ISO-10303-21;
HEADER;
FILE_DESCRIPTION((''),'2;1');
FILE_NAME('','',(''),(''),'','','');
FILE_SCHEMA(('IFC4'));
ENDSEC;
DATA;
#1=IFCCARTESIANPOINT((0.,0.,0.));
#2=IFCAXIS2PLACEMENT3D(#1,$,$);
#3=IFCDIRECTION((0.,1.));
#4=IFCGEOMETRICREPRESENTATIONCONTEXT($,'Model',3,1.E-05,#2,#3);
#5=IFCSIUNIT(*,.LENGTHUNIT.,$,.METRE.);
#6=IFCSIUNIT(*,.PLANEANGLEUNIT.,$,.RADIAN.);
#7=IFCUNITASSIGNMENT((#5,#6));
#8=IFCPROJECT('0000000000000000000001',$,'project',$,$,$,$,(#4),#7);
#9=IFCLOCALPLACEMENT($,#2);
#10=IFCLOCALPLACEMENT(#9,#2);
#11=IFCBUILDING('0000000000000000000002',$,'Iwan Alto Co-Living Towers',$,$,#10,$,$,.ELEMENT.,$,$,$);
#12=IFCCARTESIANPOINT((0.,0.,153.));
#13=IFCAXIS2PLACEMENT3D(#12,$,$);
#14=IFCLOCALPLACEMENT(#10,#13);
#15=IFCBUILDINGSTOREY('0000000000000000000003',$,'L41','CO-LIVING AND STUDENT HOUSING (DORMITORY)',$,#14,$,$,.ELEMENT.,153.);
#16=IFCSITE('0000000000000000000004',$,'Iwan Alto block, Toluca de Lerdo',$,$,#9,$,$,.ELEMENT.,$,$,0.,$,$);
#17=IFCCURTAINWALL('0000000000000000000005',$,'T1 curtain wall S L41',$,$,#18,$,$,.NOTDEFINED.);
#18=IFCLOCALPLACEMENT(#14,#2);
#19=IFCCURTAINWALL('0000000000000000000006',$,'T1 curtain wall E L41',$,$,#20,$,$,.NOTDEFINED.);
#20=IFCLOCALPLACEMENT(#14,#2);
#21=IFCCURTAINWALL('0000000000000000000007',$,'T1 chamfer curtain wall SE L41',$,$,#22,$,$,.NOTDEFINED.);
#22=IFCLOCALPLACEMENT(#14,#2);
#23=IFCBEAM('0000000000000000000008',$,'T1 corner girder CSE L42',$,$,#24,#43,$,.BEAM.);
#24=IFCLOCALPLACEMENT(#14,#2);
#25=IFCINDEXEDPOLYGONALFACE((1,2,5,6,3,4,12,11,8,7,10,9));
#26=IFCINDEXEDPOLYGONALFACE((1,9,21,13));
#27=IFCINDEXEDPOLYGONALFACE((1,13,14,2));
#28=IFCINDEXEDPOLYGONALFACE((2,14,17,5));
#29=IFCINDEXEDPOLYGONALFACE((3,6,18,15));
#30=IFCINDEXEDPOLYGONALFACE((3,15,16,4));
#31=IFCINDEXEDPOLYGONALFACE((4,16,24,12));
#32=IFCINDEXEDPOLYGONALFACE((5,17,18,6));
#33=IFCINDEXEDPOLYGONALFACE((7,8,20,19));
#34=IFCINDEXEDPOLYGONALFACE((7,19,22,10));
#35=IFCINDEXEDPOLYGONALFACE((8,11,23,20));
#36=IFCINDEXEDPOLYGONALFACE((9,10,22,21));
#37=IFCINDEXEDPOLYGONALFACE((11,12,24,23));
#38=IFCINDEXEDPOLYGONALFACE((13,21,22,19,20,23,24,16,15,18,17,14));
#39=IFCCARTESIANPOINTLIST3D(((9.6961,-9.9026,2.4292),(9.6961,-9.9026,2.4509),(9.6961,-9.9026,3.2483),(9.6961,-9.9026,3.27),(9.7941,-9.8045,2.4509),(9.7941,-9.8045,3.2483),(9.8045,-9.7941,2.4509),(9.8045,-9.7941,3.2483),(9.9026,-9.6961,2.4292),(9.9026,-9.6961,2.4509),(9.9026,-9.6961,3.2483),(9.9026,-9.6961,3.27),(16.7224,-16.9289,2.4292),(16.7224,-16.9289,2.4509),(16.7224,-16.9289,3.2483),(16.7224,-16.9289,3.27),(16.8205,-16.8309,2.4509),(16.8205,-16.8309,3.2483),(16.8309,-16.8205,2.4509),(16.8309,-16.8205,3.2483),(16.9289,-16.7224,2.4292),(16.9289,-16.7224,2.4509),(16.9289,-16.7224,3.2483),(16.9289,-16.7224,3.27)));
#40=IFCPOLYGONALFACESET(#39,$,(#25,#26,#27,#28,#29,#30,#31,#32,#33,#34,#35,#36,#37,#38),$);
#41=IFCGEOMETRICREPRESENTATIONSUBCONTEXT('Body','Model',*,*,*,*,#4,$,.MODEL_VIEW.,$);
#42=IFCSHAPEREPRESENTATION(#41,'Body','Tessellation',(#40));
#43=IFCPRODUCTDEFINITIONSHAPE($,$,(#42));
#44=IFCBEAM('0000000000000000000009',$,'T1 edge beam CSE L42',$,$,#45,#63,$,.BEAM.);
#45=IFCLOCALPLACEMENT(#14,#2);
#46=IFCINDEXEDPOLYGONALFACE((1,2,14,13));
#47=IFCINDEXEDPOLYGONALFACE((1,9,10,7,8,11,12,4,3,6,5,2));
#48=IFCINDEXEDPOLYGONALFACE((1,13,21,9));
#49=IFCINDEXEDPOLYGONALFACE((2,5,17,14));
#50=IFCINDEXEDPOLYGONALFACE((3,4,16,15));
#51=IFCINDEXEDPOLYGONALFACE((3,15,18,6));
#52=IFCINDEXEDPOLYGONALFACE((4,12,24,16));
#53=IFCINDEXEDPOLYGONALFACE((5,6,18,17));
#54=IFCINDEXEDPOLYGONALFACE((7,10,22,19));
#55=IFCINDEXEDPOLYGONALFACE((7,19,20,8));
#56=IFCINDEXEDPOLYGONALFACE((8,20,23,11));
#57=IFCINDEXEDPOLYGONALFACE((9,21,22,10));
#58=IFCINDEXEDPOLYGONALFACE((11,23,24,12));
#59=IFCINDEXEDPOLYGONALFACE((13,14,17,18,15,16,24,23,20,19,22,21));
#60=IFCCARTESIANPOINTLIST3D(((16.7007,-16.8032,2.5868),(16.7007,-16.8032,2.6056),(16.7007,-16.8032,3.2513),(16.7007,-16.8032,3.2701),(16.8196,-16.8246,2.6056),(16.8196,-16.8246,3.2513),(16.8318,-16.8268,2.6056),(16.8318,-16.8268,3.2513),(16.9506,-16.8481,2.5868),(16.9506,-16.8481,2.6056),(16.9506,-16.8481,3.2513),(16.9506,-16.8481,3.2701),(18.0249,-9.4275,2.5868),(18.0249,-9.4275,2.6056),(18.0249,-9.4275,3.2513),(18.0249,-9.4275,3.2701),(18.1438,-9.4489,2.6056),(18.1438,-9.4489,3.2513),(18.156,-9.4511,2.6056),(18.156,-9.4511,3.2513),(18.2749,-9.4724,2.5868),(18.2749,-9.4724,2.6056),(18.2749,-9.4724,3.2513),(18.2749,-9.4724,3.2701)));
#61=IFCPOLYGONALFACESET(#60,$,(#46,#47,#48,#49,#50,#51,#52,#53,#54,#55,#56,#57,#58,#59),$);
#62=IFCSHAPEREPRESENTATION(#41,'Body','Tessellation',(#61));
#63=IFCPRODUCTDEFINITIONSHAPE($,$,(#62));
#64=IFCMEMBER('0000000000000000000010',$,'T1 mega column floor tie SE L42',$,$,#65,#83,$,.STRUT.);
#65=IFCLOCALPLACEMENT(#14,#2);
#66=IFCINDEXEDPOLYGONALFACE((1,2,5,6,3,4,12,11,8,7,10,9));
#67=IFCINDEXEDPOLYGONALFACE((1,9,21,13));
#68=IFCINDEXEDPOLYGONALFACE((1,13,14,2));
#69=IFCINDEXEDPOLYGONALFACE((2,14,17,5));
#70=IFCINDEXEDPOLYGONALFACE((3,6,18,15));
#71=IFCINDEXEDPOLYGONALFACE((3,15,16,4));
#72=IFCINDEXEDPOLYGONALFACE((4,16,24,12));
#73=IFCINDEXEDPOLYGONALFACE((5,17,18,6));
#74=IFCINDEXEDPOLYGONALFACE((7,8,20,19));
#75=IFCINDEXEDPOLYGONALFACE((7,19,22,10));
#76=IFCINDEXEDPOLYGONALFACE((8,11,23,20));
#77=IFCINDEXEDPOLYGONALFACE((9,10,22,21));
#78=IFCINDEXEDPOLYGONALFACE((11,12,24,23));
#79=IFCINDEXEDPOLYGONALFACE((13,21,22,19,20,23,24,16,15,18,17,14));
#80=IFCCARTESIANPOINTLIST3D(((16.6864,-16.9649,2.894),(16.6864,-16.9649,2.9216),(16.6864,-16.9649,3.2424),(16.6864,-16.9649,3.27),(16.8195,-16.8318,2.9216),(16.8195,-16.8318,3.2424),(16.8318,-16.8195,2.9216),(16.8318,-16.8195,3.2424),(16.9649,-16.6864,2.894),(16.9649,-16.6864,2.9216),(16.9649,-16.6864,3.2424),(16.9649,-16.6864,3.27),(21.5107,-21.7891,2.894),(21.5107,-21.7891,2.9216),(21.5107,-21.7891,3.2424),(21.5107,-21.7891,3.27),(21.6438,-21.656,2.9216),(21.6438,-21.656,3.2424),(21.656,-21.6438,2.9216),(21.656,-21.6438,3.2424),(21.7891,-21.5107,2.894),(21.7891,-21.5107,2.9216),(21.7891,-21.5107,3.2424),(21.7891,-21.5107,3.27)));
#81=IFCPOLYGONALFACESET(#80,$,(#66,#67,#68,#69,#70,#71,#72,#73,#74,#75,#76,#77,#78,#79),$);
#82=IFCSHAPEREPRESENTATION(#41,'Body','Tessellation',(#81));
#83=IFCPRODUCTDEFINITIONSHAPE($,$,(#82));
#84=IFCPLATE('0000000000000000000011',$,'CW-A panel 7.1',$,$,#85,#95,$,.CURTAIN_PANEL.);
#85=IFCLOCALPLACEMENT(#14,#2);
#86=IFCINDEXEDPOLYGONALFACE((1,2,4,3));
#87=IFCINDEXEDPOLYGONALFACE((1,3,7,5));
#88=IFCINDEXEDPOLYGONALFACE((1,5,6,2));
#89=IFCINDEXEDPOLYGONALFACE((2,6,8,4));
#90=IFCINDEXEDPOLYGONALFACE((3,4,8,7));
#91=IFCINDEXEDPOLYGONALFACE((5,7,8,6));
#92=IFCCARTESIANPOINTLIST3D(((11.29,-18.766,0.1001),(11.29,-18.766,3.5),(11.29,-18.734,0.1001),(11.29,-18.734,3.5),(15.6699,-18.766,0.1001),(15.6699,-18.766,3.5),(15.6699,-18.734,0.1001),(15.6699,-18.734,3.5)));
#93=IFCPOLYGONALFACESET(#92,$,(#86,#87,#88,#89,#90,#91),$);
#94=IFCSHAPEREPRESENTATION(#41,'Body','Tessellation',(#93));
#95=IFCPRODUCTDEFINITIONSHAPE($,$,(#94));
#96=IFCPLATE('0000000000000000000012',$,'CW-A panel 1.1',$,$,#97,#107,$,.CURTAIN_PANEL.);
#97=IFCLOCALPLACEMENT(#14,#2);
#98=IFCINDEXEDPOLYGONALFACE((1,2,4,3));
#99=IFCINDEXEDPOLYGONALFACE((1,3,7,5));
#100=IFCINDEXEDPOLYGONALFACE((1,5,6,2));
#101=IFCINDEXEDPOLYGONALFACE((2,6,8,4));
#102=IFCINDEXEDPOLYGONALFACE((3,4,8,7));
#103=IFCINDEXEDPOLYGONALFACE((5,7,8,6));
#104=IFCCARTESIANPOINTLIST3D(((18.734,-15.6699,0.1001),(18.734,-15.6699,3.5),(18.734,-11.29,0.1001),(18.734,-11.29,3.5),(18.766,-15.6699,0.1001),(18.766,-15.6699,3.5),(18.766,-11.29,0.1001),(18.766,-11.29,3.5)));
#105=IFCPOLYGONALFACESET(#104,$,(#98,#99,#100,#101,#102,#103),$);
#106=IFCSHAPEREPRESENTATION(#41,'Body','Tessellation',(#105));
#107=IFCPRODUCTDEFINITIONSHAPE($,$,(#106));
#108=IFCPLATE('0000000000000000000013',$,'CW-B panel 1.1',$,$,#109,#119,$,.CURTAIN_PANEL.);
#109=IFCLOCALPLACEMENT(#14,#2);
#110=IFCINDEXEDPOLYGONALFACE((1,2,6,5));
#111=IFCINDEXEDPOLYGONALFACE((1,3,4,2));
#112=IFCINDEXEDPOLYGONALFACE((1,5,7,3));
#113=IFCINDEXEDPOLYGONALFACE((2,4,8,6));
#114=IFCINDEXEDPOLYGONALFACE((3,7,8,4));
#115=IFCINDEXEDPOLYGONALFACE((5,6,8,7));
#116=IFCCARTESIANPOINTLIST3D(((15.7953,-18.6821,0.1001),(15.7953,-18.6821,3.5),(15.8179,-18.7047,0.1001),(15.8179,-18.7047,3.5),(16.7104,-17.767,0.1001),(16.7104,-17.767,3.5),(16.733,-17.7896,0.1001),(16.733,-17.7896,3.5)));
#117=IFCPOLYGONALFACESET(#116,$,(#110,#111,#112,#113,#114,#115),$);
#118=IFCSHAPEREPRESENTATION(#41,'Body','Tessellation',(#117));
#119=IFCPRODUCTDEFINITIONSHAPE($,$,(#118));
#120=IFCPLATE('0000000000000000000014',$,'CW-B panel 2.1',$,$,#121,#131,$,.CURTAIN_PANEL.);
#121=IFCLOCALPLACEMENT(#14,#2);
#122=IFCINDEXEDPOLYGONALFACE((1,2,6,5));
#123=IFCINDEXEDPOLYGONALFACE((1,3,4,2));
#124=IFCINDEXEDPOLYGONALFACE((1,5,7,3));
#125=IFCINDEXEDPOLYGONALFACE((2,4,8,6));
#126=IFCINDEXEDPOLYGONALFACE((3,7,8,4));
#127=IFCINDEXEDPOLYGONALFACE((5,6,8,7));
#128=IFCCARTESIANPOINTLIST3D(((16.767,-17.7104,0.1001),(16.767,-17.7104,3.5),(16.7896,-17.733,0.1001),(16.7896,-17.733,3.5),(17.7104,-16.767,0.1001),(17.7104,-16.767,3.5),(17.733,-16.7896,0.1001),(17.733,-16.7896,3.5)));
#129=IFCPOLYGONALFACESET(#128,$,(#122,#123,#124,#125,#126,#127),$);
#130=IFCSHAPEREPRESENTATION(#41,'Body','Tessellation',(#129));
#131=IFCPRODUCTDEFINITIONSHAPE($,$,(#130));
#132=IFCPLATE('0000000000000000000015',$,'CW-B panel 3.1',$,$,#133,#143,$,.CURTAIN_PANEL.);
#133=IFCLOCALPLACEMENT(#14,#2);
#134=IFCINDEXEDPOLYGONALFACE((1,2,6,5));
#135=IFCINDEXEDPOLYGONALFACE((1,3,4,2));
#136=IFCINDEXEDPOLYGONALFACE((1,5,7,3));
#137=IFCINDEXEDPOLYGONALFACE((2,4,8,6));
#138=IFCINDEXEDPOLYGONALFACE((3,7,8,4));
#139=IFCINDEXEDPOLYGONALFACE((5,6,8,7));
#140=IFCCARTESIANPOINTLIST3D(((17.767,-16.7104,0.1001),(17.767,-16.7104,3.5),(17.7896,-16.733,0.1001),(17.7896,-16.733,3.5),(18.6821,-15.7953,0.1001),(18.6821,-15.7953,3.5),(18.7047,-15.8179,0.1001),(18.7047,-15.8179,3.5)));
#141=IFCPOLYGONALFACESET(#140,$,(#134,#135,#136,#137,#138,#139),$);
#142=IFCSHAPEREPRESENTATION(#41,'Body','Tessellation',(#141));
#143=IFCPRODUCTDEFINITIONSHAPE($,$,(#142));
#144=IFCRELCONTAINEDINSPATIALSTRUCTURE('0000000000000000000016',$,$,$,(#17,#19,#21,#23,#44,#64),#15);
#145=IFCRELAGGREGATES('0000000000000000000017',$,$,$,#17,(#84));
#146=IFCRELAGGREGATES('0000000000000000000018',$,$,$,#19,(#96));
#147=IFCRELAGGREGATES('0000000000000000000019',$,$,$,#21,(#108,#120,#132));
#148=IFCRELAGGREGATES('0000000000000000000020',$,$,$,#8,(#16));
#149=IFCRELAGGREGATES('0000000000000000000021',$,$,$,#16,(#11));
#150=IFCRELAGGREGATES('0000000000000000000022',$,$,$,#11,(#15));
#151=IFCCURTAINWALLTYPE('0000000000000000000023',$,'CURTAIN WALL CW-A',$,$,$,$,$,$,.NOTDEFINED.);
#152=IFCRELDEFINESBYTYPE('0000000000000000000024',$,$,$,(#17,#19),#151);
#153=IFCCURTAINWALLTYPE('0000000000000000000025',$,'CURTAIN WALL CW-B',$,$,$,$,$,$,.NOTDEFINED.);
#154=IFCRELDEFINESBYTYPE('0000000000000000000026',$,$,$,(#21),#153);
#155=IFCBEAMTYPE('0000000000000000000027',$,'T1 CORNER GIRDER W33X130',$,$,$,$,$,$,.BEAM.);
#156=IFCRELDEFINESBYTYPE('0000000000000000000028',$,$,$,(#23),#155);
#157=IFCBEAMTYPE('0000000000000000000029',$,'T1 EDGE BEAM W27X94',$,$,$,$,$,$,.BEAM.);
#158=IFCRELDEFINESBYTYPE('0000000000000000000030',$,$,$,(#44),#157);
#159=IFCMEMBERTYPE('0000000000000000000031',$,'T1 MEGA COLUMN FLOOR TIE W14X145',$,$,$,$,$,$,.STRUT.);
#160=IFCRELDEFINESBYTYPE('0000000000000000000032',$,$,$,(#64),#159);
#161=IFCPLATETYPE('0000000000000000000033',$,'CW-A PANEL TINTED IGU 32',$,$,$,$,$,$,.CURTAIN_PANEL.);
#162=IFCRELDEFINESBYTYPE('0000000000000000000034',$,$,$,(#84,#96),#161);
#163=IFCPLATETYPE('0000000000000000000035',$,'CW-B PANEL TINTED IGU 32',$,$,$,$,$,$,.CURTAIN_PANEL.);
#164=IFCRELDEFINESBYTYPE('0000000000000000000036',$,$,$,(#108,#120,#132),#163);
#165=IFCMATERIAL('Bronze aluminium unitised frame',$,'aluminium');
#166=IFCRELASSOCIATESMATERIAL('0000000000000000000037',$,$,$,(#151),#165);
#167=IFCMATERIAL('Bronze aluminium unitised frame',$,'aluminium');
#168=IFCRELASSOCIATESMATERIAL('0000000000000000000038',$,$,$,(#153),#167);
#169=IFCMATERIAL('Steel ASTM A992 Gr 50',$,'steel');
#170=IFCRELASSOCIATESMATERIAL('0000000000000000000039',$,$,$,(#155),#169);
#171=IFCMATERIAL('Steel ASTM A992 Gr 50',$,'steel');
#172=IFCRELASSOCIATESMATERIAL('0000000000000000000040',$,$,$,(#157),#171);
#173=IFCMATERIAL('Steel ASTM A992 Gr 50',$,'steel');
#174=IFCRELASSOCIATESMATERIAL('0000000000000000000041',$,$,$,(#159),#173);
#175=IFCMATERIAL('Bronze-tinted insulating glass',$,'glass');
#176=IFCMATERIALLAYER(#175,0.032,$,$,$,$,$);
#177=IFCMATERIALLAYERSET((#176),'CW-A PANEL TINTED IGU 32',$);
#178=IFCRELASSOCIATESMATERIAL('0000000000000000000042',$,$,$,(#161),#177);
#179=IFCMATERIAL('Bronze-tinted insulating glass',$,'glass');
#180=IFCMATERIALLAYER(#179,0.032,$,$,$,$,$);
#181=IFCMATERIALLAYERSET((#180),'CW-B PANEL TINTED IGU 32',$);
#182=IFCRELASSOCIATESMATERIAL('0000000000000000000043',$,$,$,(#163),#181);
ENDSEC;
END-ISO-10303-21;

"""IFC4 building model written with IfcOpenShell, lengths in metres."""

from ifc_helpers import new_model, si_unit, direction, frame, origin, origin_2d, place, context, subcontext, project, spatial, rectangle, i_section, extrude, material, layer, layer_set, material_profile, profile_set, type_object, element, aggregate, save


model = new_model("IFC4")

# Units and contexts
model_context = context("Model", 3, precision=1e-05, world=origin(), true_north=direction((0.0, 1.0)))
body_context = subcontext(model_context, "Body", "Model", "MODEL_VIEW")
ifc_project = project(units=[si_unit("LENGTHUNIT", "METRE"), si_unit("PLANEANGLEUNIT", "RADIAN")], contexts=[model_context])

# Site, building, storey
site_placement = place(None, origin())
site = spatial("IfcSite", under=ifc_project, at=site_placement, Name="Iwan Alto block, Toluca de Lerdo", CompositionType="ELEMENT", RefElevation=0.0)
building_placement = place(site_placement, origin())
building = spatial("IfcBuilding", under=site, at=building_placement, Name="Iwan Alto Co-Living Towers", CompositionType="ELEMENT")
storey_placement = place(building_placement, frame((0.0, 0.0, 153.0)))
storey = spatial("IfcBuildingStorey", under=building, at=storey_placement, Name="L41", Description="CO-LIVING AND STUDENT HOUSING (DORMITORY)", CompositionType="ELEMENT", Elevation=153.0)

# Curtain wall
ifc_material_1 = material(Name="Bronze aluminium unitised frame", Category="aluminium")
curtain_wall_type_1 = type_object("IfcCurtainWallType", Name="CURTAIN WALL CW-A", PredefinedType="NOTDEFINED", material=ifc_material_1)
curtain_wall_1_placement = place(storey_placement, origin())
curtain_wall_1 = element("IfcCurtainWall", 1, at=curtain_wall_1_placement, inside=storey, type_object=curtain_wall_type_1, Name="T1 curtain wall S L41", PredefinedType="NOTDEFINED")

# Curtain walls
curtain_wall_2_placement = place(storey_placement, origin())
curtain_wall_2 = element("IfcCurtainWall", 2, at=curtain_wall_2_placement, inside=storey, type_object=curtain_wall_type_1, Name="T1 curtain wall E L41", PredefinedType="NOTDEFINED")
ifc_material_2 = material(Name="Bronze aluminium unitised frame", Category="aluminium")
curtain_wall_type_2 = type_object("IfcCurtainWallType", Name="CURTAIN WALL CW-B", PredefinedType="NOTDEFINED", material=ifc_material_2)
curtain_wall_3_placement = place(storey_placement, origin())
curtain_wall_3 = element("IfcCurtainWall", 3, at=curtain_wall_3_placement, inside=storey, type_object=curtain_wall_type_2, Name="T1 chamfer curtain wall SE L41", PredefinedType="NOTDEFINED")

# Beams
ifc_material_3 = material(Name="Steel ASTM A992 Gr 50", Category="steel")
ifc_material_profile_1 = material_profile(ifc_material_3, i_section(OverallWidth=0.292, OverallDepth=0.8408, WebThickness=0.0146, FlangeThickness=0.0217, at=origin_2d()), Name="W33X130")
ifc_profile_set_1 = profile_set([ifc_material_profile_1], Name="Steel ASTM A992 Gr 50")
beam_type_1 = type_object("IfcBeamType", Name="T1 CORNER GIRDER W33X130", PredefinedType="BEAM", material=ifc_profile_set_1)
beam_1_placement = place(storey_placement, frame((16.8257, -16.8257, 2.8496), z_axis=(-0.707107, 0.707107, 0.0), x_axis=(-0.707107, -0.707107, 0.0)))
element("IfcBeam", 4, at=beam_1_placement, inside=storey, type_object=beam_type_1, Name="T1 corner girder CSE L42", PredefinedType="BEAM", context=body_context, shape_type="SweptSolid", body=[
    extrude(i_section(OverallWidth=0.292, OverallDepth=0.8408, WebThickness=0.0146, FlangeThickness=0.0217, at=origin_2d()), origin(), (0.0, 0.0, 1.0), 9.9368),
])
ifc_material_4 = material(Name="Steel ASTM A992 Gr 50", Category="steel")
ifc_material_profile_2 = material_profile(ifc_material_4, i_section(OverallWidth=0.2539, OverallDepth=0.6833, WebThickness=0.0125, FlangeThickness=0.0188, at=origin_2d()), Name="W27X94")
ifc_profile_set_2 = profile_set([ifc_material_profile_2], Name="Steel ASTM A992 Gr 50")
beam_type_2 = type_object("IfcBeamType", Name="T1 EDGE BEAM W27X94", PredefinedType="BEAM", material=ifc_profile_set_2)
beam_2_placement = place(storey_placement, frame((16.8257, -16.8257, 2.9285), z_axis=(0.176712, 0.984263, 0.0), x_axis=(-0.984263, 0.176712, 0.0)))
element("IfcBeam", 5, at=beam_2_placement, inside=storey, type_object=beam_type_2, Name="T1 edge beam CSE L42", PredefinedType="BEAM", context=body_context, shape_type="SweptSolid", body=[
    extrude(i_section(OverallWidth=0.2539, OverallDepth=0.6833, WebThickness=0.0125, FlangeThickness=0.0188, at=origin_2d()), origin(), (0.0, 0.0, 1.0), 7.4937),
])

# Member
ifc_material_5 = material(Name="Steel ASTM A992 Gr 50", Category="steel")
ifc_material_profile_3 = material_profile(ifc_material_5, i_section(OverallWidth=0.3938, OverallDepth=0.376, WebThickness=0.0173, FlangeThickness=0.0276, at=origin_2d()), Name="W14X145")
ifc_profile_set_3 = profile_set([ifc_material_profile_3], Name="Steel ASTM A992 Gr 50")
member_type_1 = type_object("IfcMemberType", Name="T1 MEGA COLUMN FLOOR TIE W14X145", PredefinedType="STRUT", material=ifc_profile_set_3)
member_1_placement = place(storey_placement, frame((21.6499, -21.6499, 3.082), z_axis=(-0.707107, 0.707107, 0.0), x_axis=(-0.707107, -0.707107, 0.0)))
element("IfcMember", 6, at=member_1_placement, inside=storey, type_object=member_type_1, Name="T1 mega column floor tie SE L42", PredefinedType="STRUT", context=body_context, shape_type="SweptSolid", body=[
    extrude(i_section(OverallWidth=0.3938, OverallDepth=0.376, WebThickness=0.0173, FlangeThickness=0.0276, at=origin_2d()), origin(), (0.0, 0.0, 1.0), 6.8225),
])

# Plates
ifc_material_6 = material(Name="Bronze-tinted insulating glass", Category="glass")
ifc_layer_1 = layer(ifc_material_6, 0.032)
ifc_layer_set_1 = layer_set([ifc_layer_1], Name="CW-A PANEL TINTED IGU 32")
plate_type_1 = type_object("IfcPlateType", Name="CW-A PANEL TINTED IGU 32", PredefinedType="CURTAIN_PANEL", material=ifc_layer_set_1)
plate_1_placement = place(storey_placement, frame((13.48, -18.75, 0.1001), z_axis=(0.0, 0.0, 1.0), x_axis=(1.0, 0.0, 0.0)))
plate_1 = element("IfcPlate", 7, at=plate_1_placement, type_object=plate_type_1, Name="CW-A panel 7.1", PredefinedType="CURTAIN_PANEL", context=body_context, shape_type="SweptSolid", body=[
    extrude(rectangle(XDim=4.3799, YDim=0.032, at=origin_2d()), origin(), (0.0, 0.0, 1.0), 3.3999),
])
aggregate(curtain_wall_1, [plate_1])
plate_2_placement = place(storey_placement, frame((18.75, -13.48, 0.1001), z_axis=(0.0, 0.0, 1.0), x_axis=(0.0, 1.0, 0.0)))
plate_2 = element("IfcPlate", 8, at=plate_2_placement, type_object=plate_type_1, Name="CW-A panel 1.1", PredefinedType="CURTAIN_PANEL", context=body_context, shape_type="SweptSolid", body=[
    extrude(rectangle(XDim=4.3799, YDim=0.032, at=origin_2d()), origin(), (0.0, 0.0, 1.0), 3.3999),
])
aggregate(curtain_wall_2, [plate_2])
ifc_material_7 = material(Name="Bronze-tinted insulating glass", Category="glass")
ifc_layer_2 = layer(ifc_material_7, 0.032)
ifc_layer_set_2 = layer_set([ifc_layer_2], Name="CW-B PANEL TINTED IGU 32")
plate_type_2 = type_object("IfcPlateType", Name="CW-B PANEL TINTED IGU 32", PredefinedType="CURTAIN_PANEL", material=ifc_layer_set_2)
plate_3_placement = place(storey_placement, frame((16.2642, -18.2358, 0.1001), z_axis=(0.0, 0.0, 1.0), x_axis=(0.707107, 0.707107, 0.0)))
plate_3 = element("IfcPlate", 9, at=plate_3_placement, type_object=plate_type_2, Name="CW-B panel 1.1", PredefinedType="CURTAIN_PANEL", context=body_context, shape_type="SweptSolid", body=[
    extrude(rectangle(XDim=1.2942, YDim=0.032, at=origin_2d()), origin(), (0.0, 0.0, 1.0), 3.3999),
])
plate_4_placement = place(storey_placement, frame((17.25, -17.25, 0.1001), z_axis=(0.0, 0.0, 1.0), x_axis=(0.707107, 0.707107, 0.0)))
plate_4 = element("IfcPlate", 10, at=plate_4_placement, type_object=plate_type_2, Name="CW-B panel 2.1", PredefinedType="CURTAIN_PANEL", context=body_context, shape_type="SweptSolid", body=[
    extrude(rectangle(XDim=1.3342, YDim=0.032, at=origin_2d()), origin(), (0.0, 0.0, 1.0), 3.3999),
])
plate_5_placement = place(storey_placement, frame((18.2358, -16.2642, 0.1001), z_axis=(0.0, 0.0, 1.0), x_axis=(0.707107, 0.707107, 0.0)))
plate_5 = element("IfcPlate", 11, at=plate_5_placement, type_object=plate_type_2, Name="CW-B panel 3.1", PredefinedType="CURTAIN_PANEL", context=body_context, shape_type="SweptSolid", body=[
    extrude(rectangle(XDim=1.2942, YDim=0.032, at=origin_2d()), origin(), (0.0, 0.0, 1.0), 3.3999),
])
aggregate(curtain_wall_3, [plate_3, plate_4, plate_5])

save(model, "model.ifc")
